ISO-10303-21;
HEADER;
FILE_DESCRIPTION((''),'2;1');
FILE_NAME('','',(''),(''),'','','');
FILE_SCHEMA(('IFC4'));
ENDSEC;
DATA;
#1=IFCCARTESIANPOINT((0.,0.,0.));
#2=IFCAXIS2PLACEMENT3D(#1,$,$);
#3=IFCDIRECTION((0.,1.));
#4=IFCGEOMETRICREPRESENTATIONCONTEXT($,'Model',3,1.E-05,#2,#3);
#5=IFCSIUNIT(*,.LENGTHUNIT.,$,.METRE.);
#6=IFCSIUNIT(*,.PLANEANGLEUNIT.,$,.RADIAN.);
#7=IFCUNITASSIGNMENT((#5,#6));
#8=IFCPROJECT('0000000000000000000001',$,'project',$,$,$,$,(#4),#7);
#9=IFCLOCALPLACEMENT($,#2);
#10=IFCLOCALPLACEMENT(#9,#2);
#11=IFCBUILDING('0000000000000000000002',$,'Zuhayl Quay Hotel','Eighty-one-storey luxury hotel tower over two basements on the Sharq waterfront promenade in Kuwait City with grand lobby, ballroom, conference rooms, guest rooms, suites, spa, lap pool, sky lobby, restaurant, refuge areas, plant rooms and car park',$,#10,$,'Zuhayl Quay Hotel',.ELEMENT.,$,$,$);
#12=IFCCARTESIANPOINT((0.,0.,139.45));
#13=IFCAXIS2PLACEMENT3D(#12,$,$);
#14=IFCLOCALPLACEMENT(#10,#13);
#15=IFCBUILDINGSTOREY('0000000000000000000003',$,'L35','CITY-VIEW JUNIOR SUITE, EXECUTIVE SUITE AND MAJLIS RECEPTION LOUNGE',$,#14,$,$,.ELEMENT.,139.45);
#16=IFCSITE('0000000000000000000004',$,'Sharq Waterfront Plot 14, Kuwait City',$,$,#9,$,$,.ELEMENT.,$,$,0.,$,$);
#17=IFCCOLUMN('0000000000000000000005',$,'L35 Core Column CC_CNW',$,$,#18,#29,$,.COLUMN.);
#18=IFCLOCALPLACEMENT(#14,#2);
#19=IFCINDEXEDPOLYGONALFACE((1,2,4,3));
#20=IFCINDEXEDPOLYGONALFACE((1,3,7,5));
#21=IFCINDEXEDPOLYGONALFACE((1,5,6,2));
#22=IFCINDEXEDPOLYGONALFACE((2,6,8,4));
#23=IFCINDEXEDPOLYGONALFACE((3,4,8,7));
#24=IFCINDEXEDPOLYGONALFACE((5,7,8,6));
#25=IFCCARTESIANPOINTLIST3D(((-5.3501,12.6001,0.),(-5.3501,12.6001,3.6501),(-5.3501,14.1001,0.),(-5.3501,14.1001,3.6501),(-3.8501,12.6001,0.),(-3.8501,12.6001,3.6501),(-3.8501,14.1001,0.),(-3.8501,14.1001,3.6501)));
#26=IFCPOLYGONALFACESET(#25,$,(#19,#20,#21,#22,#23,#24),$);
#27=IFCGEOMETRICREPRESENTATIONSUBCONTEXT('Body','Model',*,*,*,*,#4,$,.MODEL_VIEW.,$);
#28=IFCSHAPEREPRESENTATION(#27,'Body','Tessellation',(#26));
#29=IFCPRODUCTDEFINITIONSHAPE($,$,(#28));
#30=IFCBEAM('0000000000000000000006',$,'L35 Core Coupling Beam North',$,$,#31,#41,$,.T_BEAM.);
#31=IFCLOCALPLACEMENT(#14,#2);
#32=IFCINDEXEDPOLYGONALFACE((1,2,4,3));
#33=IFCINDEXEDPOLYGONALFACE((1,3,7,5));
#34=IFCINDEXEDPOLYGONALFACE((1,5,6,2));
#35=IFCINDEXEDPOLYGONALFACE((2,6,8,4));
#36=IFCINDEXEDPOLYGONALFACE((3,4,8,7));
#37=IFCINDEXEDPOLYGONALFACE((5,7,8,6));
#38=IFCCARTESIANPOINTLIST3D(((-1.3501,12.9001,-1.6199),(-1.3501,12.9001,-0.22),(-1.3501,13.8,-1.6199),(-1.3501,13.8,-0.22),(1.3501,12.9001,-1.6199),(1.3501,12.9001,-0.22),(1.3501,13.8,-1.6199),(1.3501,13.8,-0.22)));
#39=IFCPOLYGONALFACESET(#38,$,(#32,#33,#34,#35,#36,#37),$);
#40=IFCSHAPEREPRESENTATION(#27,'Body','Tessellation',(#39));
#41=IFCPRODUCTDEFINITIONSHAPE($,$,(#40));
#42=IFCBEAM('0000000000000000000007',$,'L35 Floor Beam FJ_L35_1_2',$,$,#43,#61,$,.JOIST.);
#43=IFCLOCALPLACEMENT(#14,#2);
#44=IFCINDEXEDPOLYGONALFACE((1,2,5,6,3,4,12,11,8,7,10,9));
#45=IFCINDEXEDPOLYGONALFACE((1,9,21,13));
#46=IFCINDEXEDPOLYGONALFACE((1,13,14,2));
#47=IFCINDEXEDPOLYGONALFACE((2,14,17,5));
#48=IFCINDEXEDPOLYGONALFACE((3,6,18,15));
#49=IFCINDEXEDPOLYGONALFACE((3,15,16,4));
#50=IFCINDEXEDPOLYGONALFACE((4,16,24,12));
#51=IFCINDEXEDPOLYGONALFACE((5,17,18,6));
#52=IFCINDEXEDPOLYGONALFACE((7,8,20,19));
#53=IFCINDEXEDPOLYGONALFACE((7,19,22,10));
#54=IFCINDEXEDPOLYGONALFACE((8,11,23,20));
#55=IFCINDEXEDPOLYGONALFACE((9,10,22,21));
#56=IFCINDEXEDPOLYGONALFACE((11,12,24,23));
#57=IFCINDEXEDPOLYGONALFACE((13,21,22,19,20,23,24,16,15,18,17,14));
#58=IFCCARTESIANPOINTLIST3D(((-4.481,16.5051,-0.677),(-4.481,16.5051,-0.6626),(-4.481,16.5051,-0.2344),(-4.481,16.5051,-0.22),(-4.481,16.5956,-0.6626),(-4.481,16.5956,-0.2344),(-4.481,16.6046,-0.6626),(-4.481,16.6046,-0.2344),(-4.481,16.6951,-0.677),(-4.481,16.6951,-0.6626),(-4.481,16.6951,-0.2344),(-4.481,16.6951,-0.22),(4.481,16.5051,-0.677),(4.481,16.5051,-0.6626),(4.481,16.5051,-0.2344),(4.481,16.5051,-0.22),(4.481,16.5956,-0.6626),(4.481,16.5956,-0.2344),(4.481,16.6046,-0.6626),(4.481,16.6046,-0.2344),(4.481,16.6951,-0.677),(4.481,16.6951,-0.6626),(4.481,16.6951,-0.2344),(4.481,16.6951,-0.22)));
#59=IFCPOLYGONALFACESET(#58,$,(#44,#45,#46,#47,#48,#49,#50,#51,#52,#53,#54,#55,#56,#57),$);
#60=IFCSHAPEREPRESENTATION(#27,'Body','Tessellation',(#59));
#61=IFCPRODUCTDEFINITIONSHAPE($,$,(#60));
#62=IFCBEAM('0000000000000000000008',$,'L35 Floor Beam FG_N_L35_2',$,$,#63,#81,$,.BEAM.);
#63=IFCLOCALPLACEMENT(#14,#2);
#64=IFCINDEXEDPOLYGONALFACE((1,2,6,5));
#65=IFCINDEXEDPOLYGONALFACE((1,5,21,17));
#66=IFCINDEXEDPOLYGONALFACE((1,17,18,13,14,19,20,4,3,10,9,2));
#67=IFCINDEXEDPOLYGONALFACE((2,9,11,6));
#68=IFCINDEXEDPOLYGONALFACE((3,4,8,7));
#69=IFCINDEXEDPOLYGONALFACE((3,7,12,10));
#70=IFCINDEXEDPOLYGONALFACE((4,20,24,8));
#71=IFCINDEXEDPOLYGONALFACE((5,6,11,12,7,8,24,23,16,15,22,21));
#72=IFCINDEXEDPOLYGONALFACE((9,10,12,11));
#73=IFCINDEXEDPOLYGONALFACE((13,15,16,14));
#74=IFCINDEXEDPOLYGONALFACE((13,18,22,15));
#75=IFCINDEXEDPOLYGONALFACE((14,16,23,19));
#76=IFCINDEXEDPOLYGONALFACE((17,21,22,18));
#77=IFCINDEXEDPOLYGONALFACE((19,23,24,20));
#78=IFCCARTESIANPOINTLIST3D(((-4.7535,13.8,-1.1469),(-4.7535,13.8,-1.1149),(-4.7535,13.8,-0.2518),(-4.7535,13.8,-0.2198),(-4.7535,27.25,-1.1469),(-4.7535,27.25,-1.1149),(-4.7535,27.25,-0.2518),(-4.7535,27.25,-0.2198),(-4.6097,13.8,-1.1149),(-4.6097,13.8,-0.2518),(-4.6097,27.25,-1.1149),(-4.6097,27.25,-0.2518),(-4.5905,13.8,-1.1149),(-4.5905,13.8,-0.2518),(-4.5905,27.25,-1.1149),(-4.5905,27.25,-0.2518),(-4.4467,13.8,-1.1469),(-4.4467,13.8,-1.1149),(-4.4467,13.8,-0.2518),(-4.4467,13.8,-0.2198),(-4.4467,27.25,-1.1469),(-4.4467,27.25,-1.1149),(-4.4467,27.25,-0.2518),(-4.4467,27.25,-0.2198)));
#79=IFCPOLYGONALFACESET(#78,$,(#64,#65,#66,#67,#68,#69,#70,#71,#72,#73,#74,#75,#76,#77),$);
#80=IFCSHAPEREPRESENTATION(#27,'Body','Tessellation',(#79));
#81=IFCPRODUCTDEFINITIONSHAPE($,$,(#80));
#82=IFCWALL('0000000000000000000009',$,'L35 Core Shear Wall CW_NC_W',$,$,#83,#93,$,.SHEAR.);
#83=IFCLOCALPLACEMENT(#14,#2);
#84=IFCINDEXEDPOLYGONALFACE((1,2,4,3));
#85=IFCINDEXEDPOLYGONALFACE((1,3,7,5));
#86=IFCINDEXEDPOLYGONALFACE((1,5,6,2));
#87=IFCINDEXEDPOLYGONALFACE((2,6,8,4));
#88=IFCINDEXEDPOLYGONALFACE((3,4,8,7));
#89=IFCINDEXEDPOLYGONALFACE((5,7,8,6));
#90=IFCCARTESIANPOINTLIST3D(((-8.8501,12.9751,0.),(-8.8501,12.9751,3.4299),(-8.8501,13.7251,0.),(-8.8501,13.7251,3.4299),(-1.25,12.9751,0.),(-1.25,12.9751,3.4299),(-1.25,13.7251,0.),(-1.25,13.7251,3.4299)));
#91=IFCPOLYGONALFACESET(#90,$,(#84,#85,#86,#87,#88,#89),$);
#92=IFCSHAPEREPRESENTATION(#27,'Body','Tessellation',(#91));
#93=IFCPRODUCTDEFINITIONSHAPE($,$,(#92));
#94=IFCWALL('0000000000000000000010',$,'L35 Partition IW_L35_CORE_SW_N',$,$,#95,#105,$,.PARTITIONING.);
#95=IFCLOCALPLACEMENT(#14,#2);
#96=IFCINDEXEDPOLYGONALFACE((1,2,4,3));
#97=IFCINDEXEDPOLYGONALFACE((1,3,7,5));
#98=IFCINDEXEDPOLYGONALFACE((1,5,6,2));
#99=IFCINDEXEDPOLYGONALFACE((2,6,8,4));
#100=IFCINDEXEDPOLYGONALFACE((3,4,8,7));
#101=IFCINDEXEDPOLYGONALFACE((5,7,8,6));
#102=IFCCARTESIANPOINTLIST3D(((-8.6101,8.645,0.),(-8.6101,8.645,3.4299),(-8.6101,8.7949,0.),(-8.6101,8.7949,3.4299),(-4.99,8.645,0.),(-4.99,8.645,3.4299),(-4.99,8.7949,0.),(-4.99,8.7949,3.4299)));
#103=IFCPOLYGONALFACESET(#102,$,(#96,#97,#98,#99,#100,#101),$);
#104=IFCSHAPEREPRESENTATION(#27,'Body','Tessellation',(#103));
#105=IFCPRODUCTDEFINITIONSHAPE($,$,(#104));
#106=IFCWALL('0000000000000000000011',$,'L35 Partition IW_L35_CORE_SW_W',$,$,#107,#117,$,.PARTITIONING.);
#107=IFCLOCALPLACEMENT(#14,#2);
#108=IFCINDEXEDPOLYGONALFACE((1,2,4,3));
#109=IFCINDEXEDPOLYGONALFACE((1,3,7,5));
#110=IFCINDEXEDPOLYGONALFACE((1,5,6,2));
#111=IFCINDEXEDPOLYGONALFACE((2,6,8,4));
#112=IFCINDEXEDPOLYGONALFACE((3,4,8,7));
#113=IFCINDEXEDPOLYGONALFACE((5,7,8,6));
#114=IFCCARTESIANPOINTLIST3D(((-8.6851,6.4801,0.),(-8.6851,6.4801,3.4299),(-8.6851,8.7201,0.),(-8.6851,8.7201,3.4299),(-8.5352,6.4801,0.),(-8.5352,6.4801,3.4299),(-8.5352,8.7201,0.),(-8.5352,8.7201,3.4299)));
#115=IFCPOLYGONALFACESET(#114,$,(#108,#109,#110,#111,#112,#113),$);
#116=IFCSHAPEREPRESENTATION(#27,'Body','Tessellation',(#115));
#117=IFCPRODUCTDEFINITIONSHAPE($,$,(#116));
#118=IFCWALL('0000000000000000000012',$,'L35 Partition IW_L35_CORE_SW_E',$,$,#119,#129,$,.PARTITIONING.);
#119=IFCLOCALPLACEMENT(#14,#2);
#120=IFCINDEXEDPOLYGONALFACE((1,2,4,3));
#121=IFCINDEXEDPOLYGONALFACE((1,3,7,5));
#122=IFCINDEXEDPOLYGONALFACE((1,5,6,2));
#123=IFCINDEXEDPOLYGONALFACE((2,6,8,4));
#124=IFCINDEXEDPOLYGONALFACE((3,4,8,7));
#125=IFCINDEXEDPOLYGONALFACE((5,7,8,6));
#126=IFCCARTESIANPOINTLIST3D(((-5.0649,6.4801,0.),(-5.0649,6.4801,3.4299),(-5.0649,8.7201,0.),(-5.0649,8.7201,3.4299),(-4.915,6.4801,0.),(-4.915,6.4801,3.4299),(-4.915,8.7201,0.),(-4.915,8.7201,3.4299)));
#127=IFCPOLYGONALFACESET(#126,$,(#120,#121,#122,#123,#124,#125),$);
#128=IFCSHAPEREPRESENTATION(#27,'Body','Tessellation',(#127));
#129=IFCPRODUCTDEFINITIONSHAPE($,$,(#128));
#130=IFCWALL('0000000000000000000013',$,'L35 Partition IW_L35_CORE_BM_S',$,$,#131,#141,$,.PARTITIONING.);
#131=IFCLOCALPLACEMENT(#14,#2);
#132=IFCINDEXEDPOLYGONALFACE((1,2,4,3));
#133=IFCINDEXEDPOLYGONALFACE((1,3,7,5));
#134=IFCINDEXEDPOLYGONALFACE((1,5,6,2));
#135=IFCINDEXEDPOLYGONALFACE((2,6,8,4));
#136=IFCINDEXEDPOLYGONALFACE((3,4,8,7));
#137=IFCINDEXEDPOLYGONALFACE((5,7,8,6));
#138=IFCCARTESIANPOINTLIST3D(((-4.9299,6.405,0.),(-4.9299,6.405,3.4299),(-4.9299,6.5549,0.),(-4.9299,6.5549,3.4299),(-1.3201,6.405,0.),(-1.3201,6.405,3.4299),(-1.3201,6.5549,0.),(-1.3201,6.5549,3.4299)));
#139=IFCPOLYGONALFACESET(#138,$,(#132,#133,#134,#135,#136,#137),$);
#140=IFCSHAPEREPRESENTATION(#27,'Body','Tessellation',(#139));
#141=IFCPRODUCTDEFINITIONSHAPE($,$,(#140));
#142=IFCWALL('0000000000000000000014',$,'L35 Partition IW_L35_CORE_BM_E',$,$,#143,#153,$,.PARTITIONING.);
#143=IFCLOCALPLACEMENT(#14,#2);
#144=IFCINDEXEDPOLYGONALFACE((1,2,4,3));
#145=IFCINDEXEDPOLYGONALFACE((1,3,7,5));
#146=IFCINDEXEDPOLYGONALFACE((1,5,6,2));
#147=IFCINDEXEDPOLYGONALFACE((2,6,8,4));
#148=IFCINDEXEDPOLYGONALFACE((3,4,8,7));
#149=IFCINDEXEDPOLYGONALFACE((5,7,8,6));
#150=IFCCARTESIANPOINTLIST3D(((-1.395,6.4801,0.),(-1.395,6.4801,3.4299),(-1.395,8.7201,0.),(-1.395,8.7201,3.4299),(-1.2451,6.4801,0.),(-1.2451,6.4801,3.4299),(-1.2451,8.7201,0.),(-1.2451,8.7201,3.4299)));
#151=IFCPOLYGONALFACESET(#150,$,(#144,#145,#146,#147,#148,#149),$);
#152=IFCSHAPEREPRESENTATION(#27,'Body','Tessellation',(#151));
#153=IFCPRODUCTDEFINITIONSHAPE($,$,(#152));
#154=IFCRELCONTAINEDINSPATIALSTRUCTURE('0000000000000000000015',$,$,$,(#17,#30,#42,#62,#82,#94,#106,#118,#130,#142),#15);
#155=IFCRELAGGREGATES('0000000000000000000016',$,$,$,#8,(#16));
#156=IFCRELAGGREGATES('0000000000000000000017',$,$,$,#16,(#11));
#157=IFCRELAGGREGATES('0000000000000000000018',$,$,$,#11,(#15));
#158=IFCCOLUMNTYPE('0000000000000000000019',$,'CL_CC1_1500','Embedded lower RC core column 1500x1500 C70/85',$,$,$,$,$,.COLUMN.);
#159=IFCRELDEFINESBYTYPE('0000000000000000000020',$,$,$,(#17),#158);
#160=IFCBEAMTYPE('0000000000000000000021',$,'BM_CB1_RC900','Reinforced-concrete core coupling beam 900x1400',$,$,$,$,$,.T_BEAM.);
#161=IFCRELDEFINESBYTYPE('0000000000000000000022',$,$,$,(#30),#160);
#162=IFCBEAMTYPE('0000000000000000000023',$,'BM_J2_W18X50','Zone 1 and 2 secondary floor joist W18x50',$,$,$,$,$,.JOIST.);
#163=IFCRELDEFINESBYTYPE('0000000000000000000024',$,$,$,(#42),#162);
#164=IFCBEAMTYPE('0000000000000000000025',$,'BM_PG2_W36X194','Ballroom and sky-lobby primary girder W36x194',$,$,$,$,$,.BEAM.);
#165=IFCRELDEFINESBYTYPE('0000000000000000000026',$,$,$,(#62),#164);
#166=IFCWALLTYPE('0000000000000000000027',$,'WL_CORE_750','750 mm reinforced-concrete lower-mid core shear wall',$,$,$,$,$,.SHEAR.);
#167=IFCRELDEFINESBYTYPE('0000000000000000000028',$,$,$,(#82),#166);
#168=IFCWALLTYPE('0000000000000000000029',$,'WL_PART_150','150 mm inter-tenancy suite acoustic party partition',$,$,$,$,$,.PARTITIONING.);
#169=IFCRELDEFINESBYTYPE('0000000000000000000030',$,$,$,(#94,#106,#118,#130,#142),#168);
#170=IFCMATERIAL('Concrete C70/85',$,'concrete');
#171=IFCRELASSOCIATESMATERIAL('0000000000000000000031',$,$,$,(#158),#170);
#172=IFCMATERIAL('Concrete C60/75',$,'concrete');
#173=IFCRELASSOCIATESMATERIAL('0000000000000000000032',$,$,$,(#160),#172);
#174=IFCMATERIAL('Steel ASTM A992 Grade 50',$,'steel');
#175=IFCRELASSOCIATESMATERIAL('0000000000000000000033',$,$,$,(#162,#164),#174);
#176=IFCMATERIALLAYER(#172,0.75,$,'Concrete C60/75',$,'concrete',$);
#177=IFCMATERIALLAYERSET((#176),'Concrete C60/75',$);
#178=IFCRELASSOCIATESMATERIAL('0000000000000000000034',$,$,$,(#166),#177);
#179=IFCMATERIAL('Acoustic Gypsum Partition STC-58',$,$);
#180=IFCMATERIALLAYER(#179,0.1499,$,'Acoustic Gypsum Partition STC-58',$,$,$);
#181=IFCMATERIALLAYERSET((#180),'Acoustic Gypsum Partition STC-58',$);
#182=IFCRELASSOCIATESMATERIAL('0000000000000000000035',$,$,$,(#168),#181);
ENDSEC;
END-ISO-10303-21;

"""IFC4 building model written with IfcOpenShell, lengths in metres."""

from ifc_helpers import new_model, si_unit, direction, frame, frame_2d, origin, origin_2d, place, context, subcontext, project, spatial, rectangle, i_section, extrude, material, layer, layer_set, material_profile, profile_set, type_object, element, save


model = new_model("IFC4")

# Units and contexts
model_context = context("Model", 3, precision=1e-05, world=origin(), true_north=direction((0.0, 1.0)))
body_context = subcontext(model_context, "Body", "Model", "MODEL_VIEW")
ifc_project = project(units=[si_unit("LENGTHUNIT", "METRE"), si_unit("PLANEANGLEUNIT", "RADIAN")], contexts=[model_context])

# Site, building, storey
site_placement = place(None, origin())
site = spatial("IfcSite", under=ifc_project, at=site_placement, Name="Sharq Waterfront Plot 14, Kuwait City", CompositionType="ELEMENT", RefElevation=0.0)
building_placement = place(site_placement, origin())
building = spatial("IfcBuilding", under=site, at=building_placement, Name="Zuhayl Quay Hotel", Description="Eighty-one-storey luxury hotel tower over two basements on the Sharq waterfront promenade in Kuwait City with grand lobby, ballroom, conference rooms, guest rooms, suites, spa, lap pool, sky lobby, restaurant, refuge areas, plant rooms and car park", LongName="Zuhayl Quay Hotel", CompositionType="ELEMENT")
storey_placement = place(building_placement, frame((0.0, 0.0, 139.45)))
storey = spatial("IfcBuildingStorey", under=building, at=storey_placement, Name="L35", Description="CITY-VIEW JUNIOR SUITE, EXECUTIVE SUITE AND MAJLIS RECEPTION LOUNGE", CompositionType="ELEMENT", Elevation=139.45)

# Column
ifc_material_1 = material(Name="Concrete C70/85", Category="concrete")
ifc_material_profile_1 = material_profile(ifc_material_1, rectangle(XDim=1.5, YDim=1.5, at=origin_2d()), Name="RC1500X1500")
ifc_profile_set_1 = profile_set([ifc_material_profile_1], Name="Concrete C70/85")
column_type = type_object("IfcColumnType", Name="CL_CC1_1500", Description="Embedded lower RC core column 1500x1500 C70/85", PredefinedType="COLUMN", material=ifc_profile_set_1)
column_placement = place(storey_placement, frame((-4.6001, 13.3501, 0.0), z_axis=(0.0, 0.0, 1.0), x_axis=(1.0, 0.0, 0.0)))
element("IfcColumn", 1, at=column_placement, inside=storey, type_object=column_type, Name="L35 Core Column CC_CNW", PredefinedType="COLUMN", context=body_context, shape_type="SweptSolid", body=[
    extrude(rectangle(XDim=1.5, YDim=1.5, at=origin_2d()), origin(), (0.0, 0.0, 1.0), 3.6501),
])

# Beams
ifc_material_2 = material(Name="Concrete C60/75", Category="concrete")
ifc_material_profile_2 = material_profile(ifc_material_2, rectangle(XDim=0.8999, YDim=1.3999, at=origin_2d()), Name="RC900X1400")
ifc_profile_set_2 = profile_set([ifc_material_profile_2], Name="Concrete C60/75")
beam_type_1 = type_object("IfcBeamType", Name="BM_CB1_RC900", Description="Reinforced-concrete core coupling beam 900x1400", PredefinedType="T_BEAM", material=ifc_profile_set_2)
beam_1_placement = place(storey_placement, frame((-1.3501, 13.3501, -0.9199), z_axis=(1.0, 0.0, 0.0), x_axis=(0.0, 1.0, 0.0)))
element("IfcBeam", 2, at=beam_1_placement, inside=storey, type_object=beam_type_1, Name="L35 Core Coupling Beam North", PredefinedType="T_BEAM", context=body_context, shape_type="SweptSolid", body=[
    extrude(rectangle(XDim=0.8999, YDim=1.3999, at=origin_2d()), origin(), (0.0, 0.0, 1.0), 2.7002),
])
ifc_material_3 = material(Name="Steel ASTM A992 Grade 50", Category="steel")
ifc_material_profile_3 = material_profile(ifc_material_3, i_section(OverallWidth=0.1899, OverallDepth=0.457, WebThickness=0.009, FlangeThickness=0.0144, at=origin_2d()), Name="W18X50")
ifc_profile_set_3 = profile_set([ifc_material_profile_3], Name="Steel ASTM A992 Grade 50")
beam_type_2 = type_object("IfcBeamType", Name="BM_J2_W18X50", Description="Zone 1 and 2 secondary floor joist W18x50", PredefinedType="JOIST", material=ifc_profile_set_3)
beam_2_placement = place(storey_placement, frame((-4.481, 16.6001, -0.4485), z_axis=(1.0, 0.0, 0.0), x_axis=(0.0, 1.0, 0.0)))
element("IfcBeam", 3, at=beam_2_placement, inside=storey, type_object=beam_type_2, Name="L35 Floor Beam FJ_L35_1_2", PredefinedType="JOIST", context=body_context, shape_type="SweptSolid", body=[
    extrude(i_section(OverallWidth=0.1899, OverallDepth=0.457, WebThickness=0.009, FlangeThickness=0.0144, at=origin_2d()), origin(), (0.0, 0.0, 1.0), 8.9619),
])
ifc_material_profile_4 = material_profile(ifc_material_3, i_section(OverallWidth=0.3069, OverallDepth=0.927, WebThickness=0.0193, FlangeThickness=0.032, at=origin_2d()), Name="W36X194")
ifc_profile_set_4 = profile_set([ifc_material_profile_4], Name="Steel ASTM A992 Grade 50")
beam_type_3 = type_object("IfcBeamType", Name="BM_PG2_W36X194", Description="Ballroom and sky-lobby primary girder W36x194", PredefinedType="BEAM", material=ifc_profile_set_4)
beam_3_placement = place(storey_placement, frame((-4.6001, 13.8, -0.6833), z_axis=(0.0, 1.0, 0.0), x_axis=(-1.0, 0.0, 0.0)))
element("IfcBeam", 4, at=beam_3_placement, inside=storey, type_object=beam_type_3, Name="L35 Floor Beam FG_N_L35_2", PredefinedType="BEAM", context=body_context, shape_type="SweptSolid", body=[
    extrude(i_section(OverallWidth=0.3069, OverallDepth=0.927, WebThickness=0.0193, FlangeThickness=0.032, at=origin_2d()), origin(), (0.0, 0.0, 1.0), 13.45),
])

# Wall
ifc_layer_1 = layer(ifc_material_2, 0.75, Name="Concrete C60/75", Category="concrete")
ifc_layer_set_1 = layer_set([ifc_layer_1], Name="Concrete C60/75")
wall_type_1 = type_object("IfcWallType", Name="WL_CORE_750", Description="750 mm reinforced-concrete lower-mid core shear wall", PredefinedType="SHEAR", material=ifc_layer_set_1)
wall_1_placement = place(storey_placement, frame((-8.8501, 13.3501, 0.0), z_axis=(0.0, 0.0, 1.0), x_axis=(1.0, 0.0, 0.0)))
element("IfcWall", 5, at=wall_1_placement, inside=storey, type_object=wall_type_1, Name="L35 Core Shear Wall CW_NC_W", PredefinedType="SHEAR", context=body_context, shape_type="SweptSolid", body=[
    extrude(rectangle(XDim=7.6001, YDim=0.75, at=frame_2d((3.8, 0.0))), origin(), (0.0, 0.0, 1.0), 3.4299),
])

# Shared definitions
ifc_material_4 = material(Name="Acoustic Gypsum Partition STC-58")
ifc_layer_2 = layer(ifc_material_4, 0.1499, Name="Acoustic Gypsum Partition STC-58")
ifc_layer_set_2 = layer_set([ifc_layer_2], Name="Acoustic Gypsum Partition STC-58")
wall_type_2 = type_object("IfcWallType", Name="WL_PART_150", Description="150 mm inter-tenancy suite acoustic party partition", PredefinedType="PARTITIONING", material=ifc_layer_set_2)

# Walls
wall_2_placement = place(storey_placement, frame((-8.6101, 8.72, 0.0), z_axis=(0.0, 0.0, 1.0), x_axis=(1.0, 0.0, 0.0)))
element("IfcWall", 6, at=wall_2_placement, inside=storey, type_object=wall_type_2, Name="L35 Partition IW_L35_CORE_SW_N", PredefinedType="PARTITIONING", context=body_context, shape_type="SweptSolid", body=[
    extrude(rectangle(XDim=3.6201, YDim=0.1499, at=frame_2d((1.8101, 0.0))), origin(), (0.0, 0.0, 1.0), 3.4299),
])
for number, where, z_axis, x_axis, name in (
    (7, (-8.6101, 6.48, 0.0), (0.0, 0.0, 1.0), (0.0, 1.0, 0.0), "L35 Partition IW_L35_CORE_SW_W"),
    (8, (-4.99, 6.48, 0.0), (0.0, 0.0, 1.0), (0.0, 1.0, 0.0), "L35 Partition IW_L35_CORE_SW_E"),
):
    element("IfcWall", number, at=place(storey_placement, frame(where, z_axis=z_axis, x_axis=x_axis)), inside=storey, type_object=wall_type_2, Name=name, PredefinedType="PARTITIONING", context=body_context, shape_type="SweptSolid", body=[
        extrude(rectangle(XDim=2.24, YDim=0.1499, at=frame_2d((1.1201, 0.0))), origin(), (0.0, 0.0, 1.0), 3.4299),
    ])
wall_3_placement = place(storey_placement, frame((-4.9299, 6.48, 0.0), z_axis=(0.0, 0.0, 1.0), x_axis=(1.0, 0.0, 0.0)))
element("IfcWall", 9, at=wall_3_placement, inside=storey, type_object=wall_type_2, Name="L35 Partition IW_L35_CORE_BM_S", PredefinedType="PARTITIONING", context=body_context, shape_type="SweptSolid", body=[
    extrude(rectangle(XDim=3.6099, YDim=0.1499, at=frame_2d((1.8049, 0.0))), origin(), (0.0, 0.0, 1.0), 3.4299),
])
wall_4_placement = place(storey_placement, frame((-1.3201, 6.48, 0.0), z_axis=(0.0, 0.0, 1.0), x_axis=(0.0, 1.0, 0.0)))
element("IfcWall", 10, at=wall_4_placement, inside=storey, type_object=wall_type_2, Name="L35 Partition IW_L35_CORE_BM_E", PredefinedType="PARTITIONING", context=body_context, shape_type="SweptSolid", body=[
    extrude(rectangle(XDim=2.24, YDim=0.1499, at=frame_2d((1.1201, 0.0))), origin(), (0.0, 0.0, 1.0), 3.4299),
])

save(model, "model.ifc")
